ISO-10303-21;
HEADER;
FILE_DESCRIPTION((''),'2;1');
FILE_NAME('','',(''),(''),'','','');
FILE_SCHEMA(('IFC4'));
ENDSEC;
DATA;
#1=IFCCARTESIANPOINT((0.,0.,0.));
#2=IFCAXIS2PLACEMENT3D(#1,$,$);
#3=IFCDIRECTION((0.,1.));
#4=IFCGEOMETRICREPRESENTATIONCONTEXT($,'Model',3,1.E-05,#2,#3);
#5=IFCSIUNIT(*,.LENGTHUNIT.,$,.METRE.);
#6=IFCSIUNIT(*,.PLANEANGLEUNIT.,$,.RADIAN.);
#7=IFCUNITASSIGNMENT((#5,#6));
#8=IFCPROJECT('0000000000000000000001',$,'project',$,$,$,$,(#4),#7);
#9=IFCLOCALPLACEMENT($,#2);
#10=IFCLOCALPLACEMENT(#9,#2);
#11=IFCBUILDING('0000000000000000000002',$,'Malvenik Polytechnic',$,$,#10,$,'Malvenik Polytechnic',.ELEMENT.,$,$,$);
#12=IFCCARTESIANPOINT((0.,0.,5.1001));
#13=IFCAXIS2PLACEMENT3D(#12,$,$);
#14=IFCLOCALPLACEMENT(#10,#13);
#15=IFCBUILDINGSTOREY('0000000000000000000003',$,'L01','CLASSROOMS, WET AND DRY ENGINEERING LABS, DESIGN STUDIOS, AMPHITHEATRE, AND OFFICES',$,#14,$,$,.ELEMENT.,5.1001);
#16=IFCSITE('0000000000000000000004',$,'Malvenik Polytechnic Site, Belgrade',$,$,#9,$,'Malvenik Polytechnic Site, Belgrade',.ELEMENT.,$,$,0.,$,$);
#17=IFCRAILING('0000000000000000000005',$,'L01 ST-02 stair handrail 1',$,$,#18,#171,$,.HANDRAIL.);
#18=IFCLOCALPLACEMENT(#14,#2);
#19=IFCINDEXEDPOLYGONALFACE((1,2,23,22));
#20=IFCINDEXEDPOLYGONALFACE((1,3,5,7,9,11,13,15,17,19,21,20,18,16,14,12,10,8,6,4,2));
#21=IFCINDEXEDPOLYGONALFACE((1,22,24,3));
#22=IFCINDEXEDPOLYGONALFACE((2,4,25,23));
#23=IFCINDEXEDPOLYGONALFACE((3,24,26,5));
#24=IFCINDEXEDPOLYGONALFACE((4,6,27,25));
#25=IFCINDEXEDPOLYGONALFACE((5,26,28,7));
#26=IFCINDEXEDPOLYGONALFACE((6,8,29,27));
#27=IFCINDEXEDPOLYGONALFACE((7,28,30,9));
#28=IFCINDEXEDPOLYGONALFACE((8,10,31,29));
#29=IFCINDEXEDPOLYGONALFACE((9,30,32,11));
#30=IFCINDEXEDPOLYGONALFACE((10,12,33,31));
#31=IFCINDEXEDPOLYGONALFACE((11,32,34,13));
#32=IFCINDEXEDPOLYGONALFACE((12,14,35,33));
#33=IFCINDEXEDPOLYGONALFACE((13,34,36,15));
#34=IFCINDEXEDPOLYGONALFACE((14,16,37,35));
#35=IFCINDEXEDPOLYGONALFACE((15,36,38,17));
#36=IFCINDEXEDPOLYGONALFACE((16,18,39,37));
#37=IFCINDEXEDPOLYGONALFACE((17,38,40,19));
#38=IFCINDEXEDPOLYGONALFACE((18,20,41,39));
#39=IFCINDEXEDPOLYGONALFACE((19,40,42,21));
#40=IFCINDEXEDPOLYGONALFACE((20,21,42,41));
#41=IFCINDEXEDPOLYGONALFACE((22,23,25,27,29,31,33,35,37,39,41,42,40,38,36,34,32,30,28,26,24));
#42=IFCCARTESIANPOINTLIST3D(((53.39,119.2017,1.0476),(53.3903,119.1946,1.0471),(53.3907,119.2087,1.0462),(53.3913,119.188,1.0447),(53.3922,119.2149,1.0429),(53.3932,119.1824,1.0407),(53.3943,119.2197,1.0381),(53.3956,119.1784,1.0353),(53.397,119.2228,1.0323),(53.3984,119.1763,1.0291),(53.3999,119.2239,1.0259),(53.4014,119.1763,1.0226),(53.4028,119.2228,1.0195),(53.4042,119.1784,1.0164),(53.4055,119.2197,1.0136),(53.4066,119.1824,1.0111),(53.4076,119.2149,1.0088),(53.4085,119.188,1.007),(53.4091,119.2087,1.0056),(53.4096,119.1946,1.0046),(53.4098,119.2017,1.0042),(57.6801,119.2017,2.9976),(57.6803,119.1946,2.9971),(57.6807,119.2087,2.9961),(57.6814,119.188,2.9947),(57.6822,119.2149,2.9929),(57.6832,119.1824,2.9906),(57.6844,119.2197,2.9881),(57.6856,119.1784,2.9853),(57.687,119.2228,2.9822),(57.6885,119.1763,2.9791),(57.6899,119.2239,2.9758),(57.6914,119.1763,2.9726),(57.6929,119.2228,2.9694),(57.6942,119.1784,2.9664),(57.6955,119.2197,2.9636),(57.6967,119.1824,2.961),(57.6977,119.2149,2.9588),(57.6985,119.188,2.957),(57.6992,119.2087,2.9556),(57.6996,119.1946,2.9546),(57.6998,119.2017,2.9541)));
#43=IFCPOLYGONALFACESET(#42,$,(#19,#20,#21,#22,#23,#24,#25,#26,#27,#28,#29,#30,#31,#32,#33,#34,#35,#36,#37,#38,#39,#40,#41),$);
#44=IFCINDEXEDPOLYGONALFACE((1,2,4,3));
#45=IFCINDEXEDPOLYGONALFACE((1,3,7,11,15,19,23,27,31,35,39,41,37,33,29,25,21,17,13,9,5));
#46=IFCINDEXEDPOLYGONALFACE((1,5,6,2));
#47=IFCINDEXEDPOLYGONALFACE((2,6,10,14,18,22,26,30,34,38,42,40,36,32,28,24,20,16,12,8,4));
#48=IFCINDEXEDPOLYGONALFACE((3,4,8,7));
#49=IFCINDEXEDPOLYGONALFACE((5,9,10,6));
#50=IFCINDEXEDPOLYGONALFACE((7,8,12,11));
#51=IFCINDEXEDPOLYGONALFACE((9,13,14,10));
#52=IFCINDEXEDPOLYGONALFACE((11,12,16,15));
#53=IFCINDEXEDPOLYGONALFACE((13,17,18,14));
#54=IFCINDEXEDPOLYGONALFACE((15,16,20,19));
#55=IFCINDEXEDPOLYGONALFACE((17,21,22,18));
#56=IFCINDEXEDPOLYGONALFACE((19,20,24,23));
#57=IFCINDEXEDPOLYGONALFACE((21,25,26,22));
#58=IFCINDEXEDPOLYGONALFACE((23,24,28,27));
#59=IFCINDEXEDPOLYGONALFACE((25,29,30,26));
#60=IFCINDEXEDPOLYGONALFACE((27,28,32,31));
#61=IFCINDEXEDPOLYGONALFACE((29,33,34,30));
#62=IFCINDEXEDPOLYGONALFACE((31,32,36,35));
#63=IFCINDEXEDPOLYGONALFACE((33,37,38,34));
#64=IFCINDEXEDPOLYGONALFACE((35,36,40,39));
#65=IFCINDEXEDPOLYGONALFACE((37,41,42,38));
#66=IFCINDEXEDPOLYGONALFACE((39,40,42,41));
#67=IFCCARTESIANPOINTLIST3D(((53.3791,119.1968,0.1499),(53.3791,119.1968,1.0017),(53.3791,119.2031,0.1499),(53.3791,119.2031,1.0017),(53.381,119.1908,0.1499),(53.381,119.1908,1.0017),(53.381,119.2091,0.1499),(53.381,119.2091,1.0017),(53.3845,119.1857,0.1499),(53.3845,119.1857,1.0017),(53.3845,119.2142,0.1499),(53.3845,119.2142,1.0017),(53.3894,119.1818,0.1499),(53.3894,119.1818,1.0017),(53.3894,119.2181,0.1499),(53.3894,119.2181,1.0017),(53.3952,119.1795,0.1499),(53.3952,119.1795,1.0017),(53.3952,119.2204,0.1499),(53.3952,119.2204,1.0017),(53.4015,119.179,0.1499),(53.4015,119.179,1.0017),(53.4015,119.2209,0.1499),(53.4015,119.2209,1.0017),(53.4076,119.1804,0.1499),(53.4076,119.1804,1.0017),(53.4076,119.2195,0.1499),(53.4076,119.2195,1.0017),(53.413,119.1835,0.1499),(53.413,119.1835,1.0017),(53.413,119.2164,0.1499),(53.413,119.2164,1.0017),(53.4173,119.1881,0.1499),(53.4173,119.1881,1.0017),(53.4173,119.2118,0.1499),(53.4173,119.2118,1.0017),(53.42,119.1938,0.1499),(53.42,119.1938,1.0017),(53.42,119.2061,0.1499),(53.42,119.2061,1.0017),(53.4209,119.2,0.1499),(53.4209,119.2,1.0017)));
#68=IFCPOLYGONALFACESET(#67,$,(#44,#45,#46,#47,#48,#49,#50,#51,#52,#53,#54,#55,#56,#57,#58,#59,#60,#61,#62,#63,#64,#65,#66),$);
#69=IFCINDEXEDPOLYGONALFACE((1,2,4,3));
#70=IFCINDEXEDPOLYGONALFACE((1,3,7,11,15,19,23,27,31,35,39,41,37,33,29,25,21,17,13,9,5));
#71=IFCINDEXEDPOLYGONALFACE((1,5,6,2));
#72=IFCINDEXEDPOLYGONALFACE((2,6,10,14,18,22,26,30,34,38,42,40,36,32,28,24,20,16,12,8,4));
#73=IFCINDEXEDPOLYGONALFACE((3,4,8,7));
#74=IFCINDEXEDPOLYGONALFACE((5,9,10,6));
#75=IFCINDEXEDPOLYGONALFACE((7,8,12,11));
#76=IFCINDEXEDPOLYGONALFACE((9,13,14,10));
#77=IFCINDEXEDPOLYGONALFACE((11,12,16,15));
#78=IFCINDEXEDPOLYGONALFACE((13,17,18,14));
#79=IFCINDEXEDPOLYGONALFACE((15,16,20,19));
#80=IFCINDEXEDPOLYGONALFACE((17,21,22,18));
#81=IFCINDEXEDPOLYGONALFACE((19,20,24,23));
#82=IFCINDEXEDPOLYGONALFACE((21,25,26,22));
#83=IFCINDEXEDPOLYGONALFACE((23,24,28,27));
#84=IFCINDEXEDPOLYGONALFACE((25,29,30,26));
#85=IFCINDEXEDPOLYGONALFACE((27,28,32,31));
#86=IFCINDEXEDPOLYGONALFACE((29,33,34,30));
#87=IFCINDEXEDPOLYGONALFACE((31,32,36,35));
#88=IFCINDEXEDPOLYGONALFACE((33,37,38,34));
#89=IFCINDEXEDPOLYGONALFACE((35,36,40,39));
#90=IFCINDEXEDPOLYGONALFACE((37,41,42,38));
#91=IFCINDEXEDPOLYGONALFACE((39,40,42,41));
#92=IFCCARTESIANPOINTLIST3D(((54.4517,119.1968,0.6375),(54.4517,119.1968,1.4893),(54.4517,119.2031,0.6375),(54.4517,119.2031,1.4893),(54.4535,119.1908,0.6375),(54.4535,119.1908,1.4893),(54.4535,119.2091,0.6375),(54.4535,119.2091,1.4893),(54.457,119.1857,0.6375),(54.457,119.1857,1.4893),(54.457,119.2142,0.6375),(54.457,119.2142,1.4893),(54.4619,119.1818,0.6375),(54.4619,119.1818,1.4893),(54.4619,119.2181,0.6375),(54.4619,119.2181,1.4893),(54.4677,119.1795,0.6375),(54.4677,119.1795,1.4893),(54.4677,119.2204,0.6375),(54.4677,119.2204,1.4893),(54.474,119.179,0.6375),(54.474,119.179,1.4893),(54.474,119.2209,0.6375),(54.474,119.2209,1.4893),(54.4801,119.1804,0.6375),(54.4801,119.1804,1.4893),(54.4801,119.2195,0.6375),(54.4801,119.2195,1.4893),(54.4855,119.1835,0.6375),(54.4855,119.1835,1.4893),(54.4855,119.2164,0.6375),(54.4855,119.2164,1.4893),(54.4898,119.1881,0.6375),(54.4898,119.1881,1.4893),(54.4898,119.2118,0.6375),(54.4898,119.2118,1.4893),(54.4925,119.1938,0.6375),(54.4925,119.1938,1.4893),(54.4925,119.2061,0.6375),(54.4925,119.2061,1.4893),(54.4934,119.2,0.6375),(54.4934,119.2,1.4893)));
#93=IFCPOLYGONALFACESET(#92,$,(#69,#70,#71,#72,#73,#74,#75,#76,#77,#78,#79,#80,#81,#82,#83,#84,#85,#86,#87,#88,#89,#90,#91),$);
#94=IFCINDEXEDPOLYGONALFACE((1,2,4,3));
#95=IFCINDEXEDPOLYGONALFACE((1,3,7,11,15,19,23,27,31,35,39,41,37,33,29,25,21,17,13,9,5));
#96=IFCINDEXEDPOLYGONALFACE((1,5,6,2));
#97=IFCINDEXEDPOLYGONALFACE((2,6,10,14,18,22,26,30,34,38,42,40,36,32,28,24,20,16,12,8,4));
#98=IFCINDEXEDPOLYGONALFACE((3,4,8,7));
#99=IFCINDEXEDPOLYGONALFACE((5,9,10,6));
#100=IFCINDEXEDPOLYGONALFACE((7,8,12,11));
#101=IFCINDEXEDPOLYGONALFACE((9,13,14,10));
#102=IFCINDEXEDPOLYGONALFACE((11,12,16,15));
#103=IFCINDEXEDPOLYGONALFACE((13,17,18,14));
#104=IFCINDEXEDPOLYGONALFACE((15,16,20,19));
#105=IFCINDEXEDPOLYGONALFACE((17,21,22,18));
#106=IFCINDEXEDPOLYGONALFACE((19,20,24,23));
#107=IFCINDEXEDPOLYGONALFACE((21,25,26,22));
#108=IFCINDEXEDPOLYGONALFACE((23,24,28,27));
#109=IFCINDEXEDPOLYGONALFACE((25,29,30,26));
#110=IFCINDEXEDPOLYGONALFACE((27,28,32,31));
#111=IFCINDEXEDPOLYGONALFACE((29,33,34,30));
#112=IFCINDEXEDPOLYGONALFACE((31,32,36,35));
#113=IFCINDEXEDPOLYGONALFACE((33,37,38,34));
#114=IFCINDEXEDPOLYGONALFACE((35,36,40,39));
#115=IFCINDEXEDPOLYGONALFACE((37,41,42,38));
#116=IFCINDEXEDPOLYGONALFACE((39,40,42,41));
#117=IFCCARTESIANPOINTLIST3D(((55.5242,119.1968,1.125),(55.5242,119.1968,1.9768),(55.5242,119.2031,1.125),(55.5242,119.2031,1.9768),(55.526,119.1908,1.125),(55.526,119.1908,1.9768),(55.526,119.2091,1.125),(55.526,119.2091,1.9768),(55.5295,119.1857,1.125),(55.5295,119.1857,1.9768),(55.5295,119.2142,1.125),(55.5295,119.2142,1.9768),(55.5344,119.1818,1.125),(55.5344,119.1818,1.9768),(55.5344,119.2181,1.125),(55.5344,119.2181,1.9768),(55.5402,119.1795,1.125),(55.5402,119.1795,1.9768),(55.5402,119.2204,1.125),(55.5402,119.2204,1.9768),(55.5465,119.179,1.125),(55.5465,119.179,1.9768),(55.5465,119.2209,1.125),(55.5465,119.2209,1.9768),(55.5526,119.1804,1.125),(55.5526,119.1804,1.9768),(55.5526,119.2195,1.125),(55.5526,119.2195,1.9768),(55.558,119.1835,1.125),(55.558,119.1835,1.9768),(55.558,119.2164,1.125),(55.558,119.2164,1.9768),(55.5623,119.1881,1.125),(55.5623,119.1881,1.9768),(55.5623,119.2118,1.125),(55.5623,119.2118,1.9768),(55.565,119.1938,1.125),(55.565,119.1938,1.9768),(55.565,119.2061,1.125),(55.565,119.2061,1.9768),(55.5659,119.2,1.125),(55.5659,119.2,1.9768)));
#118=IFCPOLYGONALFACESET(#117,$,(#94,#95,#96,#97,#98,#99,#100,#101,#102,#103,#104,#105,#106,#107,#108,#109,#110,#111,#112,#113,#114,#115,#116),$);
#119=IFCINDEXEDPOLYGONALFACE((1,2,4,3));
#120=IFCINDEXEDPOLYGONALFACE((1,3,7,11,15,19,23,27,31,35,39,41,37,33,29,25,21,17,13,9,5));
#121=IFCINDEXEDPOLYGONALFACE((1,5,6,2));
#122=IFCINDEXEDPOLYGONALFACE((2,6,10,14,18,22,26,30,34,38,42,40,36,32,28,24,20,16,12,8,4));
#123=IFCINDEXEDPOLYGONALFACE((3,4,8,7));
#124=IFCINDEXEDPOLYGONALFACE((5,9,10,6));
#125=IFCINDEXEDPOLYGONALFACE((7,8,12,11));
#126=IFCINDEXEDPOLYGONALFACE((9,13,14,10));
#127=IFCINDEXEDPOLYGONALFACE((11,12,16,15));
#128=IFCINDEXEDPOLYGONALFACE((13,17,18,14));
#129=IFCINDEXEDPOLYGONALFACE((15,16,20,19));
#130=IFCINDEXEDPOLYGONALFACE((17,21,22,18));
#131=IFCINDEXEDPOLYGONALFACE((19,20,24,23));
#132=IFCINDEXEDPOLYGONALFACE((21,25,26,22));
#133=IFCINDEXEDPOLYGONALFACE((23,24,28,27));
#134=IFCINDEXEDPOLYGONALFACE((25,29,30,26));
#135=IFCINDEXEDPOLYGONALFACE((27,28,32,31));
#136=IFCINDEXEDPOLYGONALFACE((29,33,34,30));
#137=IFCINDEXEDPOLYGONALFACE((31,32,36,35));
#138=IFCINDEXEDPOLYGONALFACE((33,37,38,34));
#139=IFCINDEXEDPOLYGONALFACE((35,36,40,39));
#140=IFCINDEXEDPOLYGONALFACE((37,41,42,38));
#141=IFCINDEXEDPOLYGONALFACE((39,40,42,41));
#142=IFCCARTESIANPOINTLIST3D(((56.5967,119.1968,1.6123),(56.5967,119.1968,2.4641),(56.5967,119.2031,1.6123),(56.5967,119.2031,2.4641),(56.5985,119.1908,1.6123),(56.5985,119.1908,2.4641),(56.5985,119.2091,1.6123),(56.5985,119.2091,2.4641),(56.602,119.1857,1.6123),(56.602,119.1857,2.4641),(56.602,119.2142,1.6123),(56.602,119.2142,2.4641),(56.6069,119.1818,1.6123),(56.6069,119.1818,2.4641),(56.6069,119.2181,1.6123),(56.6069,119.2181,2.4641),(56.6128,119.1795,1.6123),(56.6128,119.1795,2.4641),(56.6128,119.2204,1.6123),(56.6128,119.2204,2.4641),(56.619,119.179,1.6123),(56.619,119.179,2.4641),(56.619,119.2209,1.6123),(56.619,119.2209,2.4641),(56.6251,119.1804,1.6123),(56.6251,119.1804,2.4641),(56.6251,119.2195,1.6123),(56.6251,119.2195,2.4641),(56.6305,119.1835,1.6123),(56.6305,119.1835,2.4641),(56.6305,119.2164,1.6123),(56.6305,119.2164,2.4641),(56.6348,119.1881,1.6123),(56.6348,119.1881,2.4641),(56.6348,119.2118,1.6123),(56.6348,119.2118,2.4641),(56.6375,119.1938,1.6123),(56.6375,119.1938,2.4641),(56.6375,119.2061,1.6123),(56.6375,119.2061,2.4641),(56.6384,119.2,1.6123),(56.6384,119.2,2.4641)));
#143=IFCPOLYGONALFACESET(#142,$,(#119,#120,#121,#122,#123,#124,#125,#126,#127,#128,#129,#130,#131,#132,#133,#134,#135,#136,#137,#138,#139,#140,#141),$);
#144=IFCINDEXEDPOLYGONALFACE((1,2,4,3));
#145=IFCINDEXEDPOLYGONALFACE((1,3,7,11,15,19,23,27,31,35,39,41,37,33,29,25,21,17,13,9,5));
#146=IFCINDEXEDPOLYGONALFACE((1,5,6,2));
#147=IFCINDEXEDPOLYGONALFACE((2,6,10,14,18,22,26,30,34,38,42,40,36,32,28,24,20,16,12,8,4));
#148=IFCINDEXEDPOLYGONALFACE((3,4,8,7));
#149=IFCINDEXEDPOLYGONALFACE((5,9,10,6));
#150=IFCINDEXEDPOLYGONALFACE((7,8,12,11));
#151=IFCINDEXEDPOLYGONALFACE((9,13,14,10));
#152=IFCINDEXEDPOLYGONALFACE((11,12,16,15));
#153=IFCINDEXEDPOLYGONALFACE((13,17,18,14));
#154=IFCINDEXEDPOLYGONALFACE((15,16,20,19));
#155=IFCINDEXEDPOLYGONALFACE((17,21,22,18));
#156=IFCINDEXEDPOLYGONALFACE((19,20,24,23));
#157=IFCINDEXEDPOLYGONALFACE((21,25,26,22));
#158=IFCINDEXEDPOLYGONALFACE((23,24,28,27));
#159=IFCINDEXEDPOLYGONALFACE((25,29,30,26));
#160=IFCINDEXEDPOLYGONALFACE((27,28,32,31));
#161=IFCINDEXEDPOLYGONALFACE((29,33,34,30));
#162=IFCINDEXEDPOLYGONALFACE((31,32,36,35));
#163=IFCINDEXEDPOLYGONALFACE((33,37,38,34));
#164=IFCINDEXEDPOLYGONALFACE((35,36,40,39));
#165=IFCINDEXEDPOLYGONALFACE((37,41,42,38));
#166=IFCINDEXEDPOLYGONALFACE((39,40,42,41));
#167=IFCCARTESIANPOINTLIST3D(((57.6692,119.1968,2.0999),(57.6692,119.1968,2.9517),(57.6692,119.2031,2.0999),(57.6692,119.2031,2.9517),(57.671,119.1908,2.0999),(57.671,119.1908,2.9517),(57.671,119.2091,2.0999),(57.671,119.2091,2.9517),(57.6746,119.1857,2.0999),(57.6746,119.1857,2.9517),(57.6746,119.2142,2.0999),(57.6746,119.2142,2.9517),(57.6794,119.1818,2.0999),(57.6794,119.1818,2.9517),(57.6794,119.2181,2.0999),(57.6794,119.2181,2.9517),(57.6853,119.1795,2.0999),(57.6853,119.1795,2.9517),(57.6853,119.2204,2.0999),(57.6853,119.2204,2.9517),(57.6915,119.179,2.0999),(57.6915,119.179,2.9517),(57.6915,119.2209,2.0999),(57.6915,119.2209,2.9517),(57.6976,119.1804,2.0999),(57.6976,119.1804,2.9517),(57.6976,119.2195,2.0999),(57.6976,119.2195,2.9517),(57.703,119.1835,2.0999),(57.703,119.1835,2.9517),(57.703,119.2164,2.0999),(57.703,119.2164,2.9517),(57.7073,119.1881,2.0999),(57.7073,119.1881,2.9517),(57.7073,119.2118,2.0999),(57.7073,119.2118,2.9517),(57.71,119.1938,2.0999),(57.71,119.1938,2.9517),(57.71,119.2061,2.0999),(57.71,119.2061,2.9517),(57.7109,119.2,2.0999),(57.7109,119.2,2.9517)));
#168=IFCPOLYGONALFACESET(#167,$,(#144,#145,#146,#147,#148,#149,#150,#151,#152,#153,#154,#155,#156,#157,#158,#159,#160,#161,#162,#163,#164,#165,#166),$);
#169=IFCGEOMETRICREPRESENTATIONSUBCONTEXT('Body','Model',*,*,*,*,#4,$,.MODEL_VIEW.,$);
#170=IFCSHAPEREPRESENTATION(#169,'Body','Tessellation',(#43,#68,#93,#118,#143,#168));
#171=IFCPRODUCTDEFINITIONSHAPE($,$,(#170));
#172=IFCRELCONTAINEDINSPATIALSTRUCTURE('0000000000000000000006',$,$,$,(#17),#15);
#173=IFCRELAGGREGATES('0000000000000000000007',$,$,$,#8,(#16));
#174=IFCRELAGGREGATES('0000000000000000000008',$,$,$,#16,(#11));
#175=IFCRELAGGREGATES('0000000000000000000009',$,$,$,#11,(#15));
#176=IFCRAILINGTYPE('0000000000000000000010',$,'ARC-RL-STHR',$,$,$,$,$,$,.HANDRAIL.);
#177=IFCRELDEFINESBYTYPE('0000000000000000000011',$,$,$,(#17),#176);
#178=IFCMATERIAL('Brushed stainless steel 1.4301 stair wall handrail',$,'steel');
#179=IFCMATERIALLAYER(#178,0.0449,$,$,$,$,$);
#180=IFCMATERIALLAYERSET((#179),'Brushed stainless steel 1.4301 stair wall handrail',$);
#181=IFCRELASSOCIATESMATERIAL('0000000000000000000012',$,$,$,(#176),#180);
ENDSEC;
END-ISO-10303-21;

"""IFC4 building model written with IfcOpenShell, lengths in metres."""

from ifc_helpers import new_model, si_unit, direction, frame, origin, origin_2d, place, context, subcontext, project, spatial, circle, extrude, material, layer, layer_set, type_object, element, save


model = new_model("IFC4")

# Units and contexts
model_context = context("Model", 3, precision=1e-05, world=origin(), true_north=direction((0.0, 1.0)))
body_context = subcontext(model_context, "Body", "Model", "MODEL_VIEW")
ifc_project = project(units=[si_unit("LENGTHUNIT", "METRE"), si_unit("PLANEANGLEUNIT", "RADIAN")], contexts=[model_context])

# Site, building, storey
site_placement = place(None, origin())
site = spatial("IfcSite", under=ifc_project, at=site_placement, Name="Malvenik Polytechnic Site, Belgrade", LongName="Malvenik Polytechnic Site, Belgrade", CompositionType="ELEMENT", RefElevation=0.0)
building_placement = place(site_placement, origin())
building = spatial("IfcBuilding", under=site, at=building_placement, Name="Malvenik Polytechnic", LongName="Malvenik Polytechnic", CompositionType="ELEMENT")
storey_placement = place(building_placement, frame((0.0, 0.0, 5.1001)))
storey = spatial("IfcBuildingStorey", under=building, at=storey_placement, Name="L01", Description="CLASSROOMS, WET AND DRY ENGINEERING LABS, DESIGN STUDIOS, AMPHITHEATRE, AND OFFICES", CompositionType="ELEMENT", Elevation=5.1001)

# Railing
ifc_material_1 = material(Name="Brushed stainless steel 1.4301 stair wall handrail", Category="steel")
ifc_layer_1 = layer(ifc_material_1, 0.0449)
ifc_layer_set_1 = layer_set([ifc_layer_1], Name="Brushed stainless steel 1.4301 stair wall handrail")
railing_type_1 = type_object("IfcRailingType", Name="ARC-RL-STHR", PredefinedType="HANDRAIL", material=ifc_layer_set_1)
railing_1_placement = place(storey_placement, frame((53.3999, 119.2, 0.1499)))
element("IfcRailing", 1, at=railing_1_placement, inside=storey, type_object=railing_type_1, Name="L01 ST-02 stair handrail 1", PredefinedType="HANDRAIL", context=body_context, shape_type="SweptSolid", body=[
    extrude(circle(Radius=0.0239, at=origin_2d()), frame((0.0, 0.0, 0.876), z_axis=(0.910372, 0.0, 0.413791), x_axis=(0.0, 1.0, 0.0)), (0.0, 0.0, 1.0), 4.7124),
    extrude(circle(Radius=0.021, at=origin_2d()), origin(), (0.0, 0.0, 1.0), 0.8518),
    extrude(circle(Radius=0.021, at=origin_2d()), frame((1.0725, 0.0, 0.4875)), (0.0, 0.0, 1.0), 0.8518),
    extrude(circle(Radius=0.021, at=origin_2d()), frame((2.145, 0.0, 0.9751)), (0.0, 0.0, 1.0), 0.8518),
    extrude(circle(Radius=0.021, at=origin_2d()), frame((3.2175, 0.0, 1.4624)), (0.0, 0.0, 1.0), 0.8518),
    extrude(circle(Radius=0.021, at=origin_2d()), frame((4.29, 0.0, 1.95)), (0.0, 0.0, 1.0), 0.8518),
])

save(model, "model.ifc")
